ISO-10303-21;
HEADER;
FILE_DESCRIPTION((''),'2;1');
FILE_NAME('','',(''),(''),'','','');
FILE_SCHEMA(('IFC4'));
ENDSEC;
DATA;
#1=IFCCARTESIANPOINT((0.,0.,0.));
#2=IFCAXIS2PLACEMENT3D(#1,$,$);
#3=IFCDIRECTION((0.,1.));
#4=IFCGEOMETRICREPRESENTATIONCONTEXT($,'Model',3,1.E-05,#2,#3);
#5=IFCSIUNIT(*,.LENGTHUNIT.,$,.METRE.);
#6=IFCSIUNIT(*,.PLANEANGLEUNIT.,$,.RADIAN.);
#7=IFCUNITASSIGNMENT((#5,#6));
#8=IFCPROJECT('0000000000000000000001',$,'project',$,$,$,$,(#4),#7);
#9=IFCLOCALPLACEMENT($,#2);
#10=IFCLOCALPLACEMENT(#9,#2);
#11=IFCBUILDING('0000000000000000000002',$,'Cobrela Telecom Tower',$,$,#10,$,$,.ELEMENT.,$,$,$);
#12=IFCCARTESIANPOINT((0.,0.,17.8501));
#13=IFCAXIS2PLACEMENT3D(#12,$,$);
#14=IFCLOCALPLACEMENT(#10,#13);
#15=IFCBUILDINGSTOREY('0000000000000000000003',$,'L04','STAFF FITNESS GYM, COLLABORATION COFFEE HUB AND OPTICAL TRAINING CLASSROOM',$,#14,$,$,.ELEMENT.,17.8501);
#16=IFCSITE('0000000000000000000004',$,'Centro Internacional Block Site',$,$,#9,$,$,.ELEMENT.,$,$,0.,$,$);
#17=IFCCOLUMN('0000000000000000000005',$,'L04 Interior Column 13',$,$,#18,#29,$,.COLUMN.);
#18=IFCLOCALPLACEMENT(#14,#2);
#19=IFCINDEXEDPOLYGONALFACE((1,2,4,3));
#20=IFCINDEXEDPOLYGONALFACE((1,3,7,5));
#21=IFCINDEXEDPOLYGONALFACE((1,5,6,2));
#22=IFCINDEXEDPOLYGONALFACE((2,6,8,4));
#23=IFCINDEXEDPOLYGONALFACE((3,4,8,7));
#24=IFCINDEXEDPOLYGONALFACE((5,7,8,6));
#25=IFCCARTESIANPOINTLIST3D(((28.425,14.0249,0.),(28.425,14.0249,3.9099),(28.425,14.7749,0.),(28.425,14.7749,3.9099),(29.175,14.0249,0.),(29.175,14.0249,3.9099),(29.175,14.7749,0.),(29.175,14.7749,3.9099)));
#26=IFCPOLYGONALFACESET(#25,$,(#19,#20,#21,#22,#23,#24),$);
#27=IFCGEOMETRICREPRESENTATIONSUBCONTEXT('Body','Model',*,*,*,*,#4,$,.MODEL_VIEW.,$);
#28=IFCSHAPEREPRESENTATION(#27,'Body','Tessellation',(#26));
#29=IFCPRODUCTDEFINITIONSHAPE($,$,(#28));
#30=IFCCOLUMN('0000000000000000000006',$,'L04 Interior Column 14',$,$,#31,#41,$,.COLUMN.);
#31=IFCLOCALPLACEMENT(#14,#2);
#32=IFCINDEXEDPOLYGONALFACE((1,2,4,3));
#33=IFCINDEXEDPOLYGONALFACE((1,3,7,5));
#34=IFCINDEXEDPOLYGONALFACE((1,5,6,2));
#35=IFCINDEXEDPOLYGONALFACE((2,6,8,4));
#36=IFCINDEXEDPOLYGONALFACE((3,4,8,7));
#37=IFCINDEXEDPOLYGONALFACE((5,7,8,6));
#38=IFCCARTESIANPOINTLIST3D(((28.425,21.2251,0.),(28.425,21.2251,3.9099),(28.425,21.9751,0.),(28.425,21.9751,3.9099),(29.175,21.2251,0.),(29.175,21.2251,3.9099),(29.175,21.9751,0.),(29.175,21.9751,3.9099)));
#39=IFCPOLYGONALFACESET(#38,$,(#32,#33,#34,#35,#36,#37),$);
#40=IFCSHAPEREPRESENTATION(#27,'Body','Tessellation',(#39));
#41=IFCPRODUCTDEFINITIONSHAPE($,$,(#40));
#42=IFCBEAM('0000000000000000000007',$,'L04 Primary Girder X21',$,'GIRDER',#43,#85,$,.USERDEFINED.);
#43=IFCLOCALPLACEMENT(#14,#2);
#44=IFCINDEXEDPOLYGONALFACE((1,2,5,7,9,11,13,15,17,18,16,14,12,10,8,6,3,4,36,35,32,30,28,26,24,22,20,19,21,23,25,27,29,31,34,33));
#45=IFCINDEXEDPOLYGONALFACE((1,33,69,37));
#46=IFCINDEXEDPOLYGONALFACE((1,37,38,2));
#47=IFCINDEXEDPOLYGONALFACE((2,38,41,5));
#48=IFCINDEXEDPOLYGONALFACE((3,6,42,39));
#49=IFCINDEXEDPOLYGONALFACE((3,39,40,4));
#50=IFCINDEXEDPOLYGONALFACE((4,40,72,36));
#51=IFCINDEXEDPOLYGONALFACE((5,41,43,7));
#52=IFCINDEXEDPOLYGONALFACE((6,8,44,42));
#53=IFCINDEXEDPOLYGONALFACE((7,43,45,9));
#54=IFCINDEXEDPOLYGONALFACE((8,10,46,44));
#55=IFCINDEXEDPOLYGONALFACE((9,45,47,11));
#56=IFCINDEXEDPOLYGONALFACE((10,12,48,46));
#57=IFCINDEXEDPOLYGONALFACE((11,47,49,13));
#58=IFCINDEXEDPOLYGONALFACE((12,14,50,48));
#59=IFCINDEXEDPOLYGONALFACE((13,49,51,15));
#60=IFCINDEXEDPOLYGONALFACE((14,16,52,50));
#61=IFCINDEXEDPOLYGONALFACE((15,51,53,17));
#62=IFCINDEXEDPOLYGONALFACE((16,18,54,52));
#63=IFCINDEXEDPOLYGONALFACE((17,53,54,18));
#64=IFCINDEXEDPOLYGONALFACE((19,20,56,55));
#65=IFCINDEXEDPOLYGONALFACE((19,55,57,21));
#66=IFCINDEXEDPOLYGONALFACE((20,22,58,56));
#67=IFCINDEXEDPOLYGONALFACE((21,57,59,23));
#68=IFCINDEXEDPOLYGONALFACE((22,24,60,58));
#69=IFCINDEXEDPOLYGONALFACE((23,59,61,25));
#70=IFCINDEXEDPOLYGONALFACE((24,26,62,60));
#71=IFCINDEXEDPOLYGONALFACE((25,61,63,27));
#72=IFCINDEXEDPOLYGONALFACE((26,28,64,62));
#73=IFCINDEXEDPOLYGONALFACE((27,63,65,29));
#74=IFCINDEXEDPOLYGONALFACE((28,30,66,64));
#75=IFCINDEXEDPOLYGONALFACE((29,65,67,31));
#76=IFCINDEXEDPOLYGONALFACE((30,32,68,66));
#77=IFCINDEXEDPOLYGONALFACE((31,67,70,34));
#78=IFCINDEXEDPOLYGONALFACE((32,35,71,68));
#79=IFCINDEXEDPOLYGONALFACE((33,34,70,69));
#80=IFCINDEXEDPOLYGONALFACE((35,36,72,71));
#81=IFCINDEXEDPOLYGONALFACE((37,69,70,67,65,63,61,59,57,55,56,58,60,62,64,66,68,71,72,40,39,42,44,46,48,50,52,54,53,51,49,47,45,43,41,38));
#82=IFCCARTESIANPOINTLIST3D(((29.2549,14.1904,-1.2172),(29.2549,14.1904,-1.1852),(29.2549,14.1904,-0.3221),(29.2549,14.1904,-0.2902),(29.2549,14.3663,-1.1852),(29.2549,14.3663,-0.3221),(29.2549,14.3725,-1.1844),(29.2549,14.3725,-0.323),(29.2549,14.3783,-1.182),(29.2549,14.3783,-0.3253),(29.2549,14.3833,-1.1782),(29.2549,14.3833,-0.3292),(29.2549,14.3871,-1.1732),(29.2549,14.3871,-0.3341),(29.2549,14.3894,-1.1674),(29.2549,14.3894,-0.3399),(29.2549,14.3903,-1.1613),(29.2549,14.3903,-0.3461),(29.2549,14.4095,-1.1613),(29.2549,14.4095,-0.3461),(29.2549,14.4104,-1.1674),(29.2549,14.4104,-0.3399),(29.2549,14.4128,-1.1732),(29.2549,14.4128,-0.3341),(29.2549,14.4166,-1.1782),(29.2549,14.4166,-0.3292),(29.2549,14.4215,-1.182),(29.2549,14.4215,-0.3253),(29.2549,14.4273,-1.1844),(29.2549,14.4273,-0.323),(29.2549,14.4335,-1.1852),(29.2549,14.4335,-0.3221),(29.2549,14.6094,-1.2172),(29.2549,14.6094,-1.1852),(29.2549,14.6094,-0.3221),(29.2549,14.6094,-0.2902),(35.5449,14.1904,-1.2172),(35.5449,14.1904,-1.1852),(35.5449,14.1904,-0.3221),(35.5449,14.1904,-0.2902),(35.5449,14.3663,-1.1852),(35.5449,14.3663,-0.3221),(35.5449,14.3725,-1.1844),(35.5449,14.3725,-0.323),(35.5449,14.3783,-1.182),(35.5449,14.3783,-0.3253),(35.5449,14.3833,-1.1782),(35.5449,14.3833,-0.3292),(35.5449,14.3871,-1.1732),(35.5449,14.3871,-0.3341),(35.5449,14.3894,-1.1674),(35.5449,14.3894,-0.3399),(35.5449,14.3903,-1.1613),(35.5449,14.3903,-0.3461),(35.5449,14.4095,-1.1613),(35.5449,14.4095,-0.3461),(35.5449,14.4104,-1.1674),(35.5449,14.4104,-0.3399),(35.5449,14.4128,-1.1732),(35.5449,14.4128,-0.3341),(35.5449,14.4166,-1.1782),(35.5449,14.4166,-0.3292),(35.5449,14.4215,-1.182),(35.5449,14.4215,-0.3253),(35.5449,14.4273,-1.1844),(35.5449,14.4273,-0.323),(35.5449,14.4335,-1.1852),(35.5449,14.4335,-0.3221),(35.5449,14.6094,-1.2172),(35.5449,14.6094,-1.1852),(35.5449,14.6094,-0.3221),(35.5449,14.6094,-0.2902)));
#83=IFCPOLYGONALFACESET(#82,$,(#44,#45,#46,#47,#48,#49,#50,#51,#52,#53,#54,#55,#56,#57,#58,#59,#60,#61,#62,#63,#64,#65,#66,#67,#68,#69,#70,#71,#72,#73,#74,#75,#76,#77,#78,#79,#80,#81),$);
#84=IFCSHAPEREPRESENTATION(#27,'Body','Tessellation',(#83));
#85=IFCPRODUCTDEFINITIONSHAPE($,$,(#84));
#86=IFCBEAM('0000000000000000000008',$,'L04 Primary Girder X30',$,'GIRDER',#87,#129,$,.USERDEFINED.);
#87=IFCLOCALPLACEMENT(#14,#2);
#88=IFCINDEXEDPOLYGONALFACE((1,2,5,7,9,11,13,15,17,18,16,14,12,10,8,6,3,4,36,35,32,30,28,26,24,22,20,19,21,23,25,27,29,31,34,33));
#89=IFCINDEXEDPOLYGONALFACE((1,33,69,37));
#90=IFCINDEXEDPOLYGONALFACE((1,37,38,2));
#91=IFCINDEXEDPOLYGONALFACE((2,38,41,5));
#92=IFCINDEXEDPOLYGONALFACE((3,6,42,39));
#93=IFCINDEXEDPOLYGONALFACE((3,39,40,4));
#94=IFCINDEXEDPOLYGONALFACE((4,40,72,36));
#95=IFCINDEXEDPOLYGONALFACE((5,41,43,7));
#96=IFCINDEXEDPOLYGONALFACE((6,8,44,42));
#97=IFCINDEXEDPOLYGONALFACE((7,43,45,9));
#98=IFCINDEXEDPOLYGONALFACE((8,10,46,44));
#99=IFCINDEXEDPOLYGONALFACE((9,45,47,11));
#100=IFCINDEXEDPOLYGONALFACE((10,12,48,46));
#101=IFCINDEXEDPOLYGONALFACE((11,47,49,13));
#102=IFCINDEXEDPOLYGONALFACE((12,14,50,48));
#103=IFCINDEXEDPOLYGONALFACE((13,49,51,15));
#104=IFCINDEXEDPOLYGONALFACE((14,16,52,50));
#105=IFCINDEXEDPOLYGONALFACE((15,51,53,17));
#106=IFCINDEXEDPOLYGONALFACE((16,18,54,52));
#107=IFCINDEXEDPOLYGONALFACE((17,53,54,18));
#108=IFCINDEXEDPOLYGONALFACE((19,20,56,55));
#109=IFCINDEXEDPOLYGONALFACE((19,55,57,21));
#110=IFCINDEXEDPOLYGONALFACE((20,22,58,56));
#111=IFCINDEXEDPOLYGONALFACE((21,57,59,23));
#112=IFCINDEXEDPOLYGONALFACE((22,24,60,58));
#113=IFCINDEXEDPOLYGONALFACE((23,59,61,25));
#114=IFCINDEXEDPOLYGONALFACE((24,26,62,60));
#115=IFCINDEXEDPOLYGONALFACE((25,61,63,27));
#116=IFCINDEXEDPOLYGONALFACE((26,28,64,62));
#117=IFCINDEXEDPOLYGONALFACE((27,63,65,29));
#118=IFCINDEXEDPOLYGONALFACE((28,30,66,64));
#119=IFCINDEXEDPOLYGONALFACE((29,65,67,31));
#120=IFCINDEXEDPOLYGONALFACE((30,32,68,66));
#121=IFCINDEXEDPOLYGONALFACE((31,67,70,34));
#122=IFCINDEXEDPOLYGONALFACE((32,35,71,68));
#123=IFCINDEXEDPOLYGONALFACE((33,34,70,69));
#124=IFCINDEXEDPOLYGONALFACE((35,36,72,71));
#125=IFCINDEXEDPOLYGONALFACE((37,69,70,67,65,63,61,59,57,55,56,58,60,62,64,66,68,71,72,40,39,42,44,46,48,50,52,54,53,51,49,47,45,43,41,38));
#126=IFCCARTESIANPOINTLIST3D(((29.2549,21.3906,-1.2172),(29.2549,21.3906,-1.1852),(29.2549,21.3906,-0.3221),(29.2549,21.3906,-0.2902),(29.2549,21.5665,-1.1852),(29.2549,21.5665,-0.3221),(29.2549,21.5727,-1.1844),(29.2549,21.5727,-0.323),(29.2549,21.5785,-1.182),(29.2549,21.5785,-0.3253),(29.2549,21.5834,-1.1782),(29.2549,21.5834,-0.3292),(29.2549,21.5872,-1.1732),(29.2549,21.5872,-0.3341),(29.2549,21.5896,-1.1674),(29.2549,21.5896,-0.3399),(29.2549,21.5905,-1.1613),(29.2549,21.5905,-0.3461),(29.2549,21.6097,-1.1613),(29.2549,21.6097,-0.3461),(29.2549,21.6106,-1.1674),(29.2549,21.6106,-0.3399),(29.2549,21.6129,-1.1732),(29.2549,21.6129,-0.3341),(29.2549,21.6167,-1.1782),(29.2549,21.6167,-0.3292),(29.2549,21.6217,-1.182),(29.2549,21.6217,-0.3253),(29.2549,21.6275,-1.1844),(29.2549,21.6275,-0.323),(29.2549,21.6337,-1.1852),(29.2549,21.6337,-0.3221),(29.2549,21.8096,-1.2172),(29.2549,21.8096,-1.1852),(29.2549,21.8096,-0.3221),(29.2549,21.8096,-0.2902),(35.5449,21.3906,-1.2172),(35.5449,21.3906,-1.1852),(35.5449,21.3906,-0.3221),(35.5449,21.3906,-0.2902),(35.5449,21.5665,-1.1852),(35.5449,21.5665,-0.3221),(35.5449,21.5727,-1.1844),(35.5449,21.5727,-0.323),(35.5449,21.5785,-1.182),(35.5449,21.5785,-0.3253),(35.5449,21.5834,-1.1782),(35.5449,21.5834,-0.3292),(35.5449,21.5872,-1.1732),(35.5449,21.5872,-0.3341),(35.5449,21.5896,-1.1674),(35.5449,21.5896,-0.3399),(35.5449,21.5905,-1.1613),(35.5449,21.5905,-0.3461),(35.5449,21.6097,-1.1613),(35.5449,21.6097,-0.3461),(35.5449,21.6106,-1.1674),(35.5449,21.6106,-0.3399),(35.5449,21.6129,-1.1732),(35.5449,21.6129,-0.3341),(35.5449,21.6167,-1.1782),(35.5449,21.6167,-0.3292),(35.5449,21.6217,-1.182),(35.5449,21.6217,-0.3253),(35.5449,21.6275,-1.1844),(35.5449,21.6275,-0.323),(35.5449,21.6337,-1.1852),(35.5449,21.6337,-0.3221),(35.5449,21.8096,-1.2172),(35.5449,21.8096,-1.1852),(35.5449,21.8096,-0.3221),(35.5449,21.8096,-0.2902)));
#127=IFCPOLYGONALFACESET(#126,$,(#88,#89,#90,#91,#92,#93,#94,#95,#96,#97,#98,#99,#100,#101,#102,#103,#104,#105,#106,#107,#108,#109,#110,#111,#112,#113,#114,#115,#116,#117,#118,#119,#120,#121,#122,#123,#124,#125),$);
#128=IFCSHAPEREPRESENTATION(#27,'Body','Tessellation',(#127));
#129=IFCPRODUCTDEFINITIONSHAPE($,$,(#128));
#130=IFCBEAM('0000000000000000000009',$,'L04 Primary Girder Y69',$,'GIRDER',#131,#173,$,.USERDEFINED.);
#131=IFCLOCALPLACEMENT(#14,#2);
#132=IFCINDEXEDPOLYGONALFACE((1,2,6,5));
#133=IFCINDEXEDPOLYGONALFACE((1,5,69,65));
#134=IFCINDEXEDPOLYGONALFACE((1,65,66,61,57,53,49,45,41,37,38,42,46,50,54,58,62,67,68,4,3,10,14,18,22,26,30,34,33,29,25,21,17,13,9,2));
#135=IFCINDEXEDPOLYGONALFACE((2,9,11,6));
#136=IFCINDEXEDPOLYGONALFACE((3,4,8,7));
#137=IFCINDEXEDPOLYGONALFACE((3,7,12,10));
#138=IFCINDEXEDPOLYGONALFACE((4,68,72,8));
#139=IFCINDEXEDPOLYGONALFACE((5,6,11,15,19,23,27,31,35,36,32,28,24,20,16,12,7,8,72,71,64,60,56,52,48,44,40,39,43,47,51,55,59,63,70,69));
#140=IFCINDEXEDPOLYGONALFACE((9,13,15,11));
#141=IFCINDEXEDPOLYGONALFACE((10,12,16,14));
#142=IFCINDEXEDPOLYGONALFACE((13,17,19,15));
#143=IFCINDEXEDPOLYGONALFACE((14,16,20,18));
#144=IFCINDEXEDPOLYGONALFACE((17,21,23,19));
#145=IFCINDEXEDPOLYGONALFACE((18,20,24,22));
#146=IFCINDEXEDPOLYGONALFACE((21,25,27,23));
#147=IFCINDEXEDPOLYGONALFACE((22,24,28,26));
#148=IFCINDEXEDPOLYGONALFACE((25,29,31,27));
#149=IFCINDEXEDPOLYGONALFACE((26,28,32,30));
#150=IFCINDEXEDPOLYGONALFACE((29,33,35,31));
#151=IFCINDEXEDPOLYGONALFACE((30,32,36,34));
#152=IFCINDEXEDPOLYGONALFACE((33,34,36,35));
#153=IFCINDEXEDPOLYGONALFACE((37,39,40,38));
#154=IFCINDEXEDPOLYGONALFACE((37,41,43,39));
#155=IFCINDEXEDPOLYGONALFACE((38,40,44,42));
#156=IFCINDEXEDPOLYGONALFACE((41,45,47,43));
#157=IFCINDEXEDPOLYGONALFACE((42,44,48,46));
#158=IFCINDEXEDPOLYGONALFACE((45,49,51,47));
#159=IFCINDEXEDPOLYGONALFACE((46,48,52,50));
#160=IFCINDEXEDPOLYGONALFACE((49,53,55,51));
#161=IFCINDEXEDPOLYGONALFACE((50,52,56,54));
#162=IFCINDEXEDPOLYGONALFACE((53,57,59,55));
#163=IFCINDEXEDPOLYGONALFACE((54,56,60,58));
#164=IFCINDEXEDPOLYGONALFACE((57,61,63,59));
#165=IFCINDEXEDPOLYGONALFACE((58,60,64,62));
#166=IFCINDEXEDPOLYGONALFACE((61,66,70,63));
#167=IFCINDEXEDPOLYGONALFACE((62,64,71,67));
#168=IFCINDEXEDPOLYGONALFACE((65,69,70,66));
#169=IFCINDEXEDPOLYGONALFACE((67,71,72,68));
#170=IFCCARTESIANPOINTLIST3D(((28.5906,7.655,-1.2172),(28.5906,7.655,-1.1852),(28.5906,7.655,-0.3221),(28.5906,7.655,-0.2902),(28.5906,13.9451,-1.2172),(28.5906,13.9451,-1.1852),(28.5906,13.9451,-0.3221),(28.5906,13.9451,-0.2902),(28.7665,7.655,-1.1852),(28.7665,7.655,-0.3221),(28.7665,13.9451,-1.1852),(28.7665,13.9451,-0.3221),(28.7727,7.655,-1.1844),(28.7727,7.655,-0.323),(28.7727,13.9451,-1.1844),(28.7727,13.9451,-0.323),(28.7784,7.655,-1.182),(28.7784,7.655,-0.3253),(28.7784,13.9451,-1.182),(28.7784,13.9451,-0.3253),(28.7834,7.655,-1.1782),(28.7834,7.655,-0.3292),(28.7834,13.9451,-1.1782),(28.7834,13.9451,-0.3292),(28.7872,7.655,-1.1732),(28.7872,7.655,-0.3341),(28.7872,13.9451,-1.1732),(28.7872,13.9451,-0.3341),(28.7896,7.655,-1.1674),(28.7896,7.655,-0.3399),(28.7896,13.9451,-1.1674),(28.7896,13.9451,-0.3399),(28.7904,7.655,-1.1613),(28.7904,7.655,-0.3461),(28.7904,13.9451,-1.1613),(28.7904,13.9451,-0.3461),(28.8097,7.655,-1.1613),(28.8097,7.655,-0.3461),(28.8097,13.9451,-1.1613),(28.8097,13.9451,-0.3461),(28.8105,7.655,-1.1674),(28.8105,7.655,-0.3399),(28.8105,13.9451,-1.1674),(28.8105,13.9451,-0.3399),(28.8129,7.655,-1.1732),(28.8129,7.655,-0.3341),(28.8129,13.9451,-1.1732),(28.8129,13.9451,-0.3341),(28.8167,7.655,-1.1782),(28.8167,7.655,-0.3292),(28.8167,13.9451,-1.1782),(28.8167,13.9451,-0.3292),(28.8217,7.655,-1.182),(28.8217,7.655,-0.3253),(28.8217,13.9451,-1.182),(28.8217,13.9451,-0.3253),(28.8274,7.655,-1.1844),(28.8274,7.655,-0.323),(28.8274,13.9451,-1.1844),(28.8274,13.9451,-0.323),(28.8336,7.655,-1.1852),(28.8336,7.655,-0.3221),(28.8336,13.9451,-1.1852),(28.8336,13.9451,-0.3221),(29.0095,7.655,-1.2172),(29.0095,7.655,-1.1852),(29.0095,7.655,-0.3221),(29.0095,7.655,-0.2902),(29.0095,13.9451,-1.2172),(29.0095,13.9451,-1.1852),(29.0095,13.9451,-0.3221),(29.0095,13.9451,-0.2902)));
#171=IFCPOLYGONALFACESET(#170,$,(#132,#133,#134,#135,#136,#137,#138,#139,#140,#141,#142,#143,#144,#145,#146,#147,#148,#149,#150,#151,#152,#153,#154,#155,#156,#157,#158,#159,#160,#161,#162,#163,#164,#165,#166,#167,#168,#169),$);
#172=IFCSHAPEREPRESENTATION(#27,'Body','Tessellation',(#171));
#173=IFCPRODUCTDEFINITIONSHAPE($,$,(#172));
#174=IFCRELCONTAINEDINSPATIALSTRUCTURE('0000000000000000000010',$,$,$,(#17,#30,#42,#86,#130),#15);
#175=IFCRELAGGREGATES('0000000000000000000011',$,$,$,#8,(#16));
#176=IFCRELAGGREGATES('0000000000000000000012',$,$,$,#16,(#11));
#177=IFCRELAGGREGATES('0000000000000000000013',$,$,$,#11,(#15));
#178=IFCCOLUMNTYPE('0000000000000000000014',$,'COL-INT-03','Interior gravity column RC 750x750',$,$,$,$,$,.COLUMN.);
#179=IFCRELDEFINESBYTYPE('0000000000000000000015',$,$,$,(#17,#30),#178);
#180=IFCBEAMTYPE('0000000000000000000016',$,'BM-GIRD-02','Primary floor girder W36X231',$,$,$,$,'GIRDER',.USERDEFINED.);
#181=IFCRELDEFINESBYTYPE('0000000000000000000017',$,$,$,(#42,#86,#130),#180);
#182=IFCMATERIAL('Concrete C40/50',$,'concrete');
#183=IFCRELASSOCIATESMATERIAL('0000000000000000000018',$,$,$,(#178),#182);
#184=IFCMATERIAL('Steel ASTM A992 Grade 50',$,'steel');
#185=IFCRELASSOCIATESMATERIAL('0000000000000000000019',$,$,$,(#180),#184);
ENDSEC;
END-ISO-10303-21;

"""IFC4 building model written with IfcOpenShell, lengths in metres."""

from ifc_helpers import new_model, si_unit, direction, frame, origin, origin_2d, place, context, subcontext, project, spatial, rectangle, i_section, extrude, material, material_profile, profile_set, type_object, element, save


model = new_model("IFC4")

# Units and contexts
model_context = context("Model", 3, precision=1e-05, world=origin(), true_north=direction((0.0, 1.0)))
body_context = subcontext(model_context, "Body", "Model", "MODEL_VIEW")
ifc_project = project(units=[si_unit("LENGTHUNIT", "METRE"), si_unit("PLANEANGLEUNIT", "RADIAN")], contexts=[model_context])

# Site, building, storey
site_placement = place(None, origin())
site = spatial("IfcSite", under=ifc_project, at=site_placement, Name="Centro Internacional Block Site", CompositionType="ELEMENT", RefElevation=0.0)
building_placement = place(site_placement, origin())
building = spatial("IfcBuilding", under=site, at=building_placement, Name="Cobrela Telecom Tower", CompositionType="ELEMENT")
storey_placement = place(building_placement, frame((0.0, 0.0, 17.8501)))
storey = spatial("IfcBuildingStorey", under=building, at=storey_placement, Name="L04", Description="STAFF FITNESS GYM, COLLABORATION COFFEE HUB AND OPTICAL TRAINING CLASSROOM", CompositionType="ELEMENT", Elevation=17.8501)

# Columns
ifc_material_1 = material(Name="Concrete C40/50", Category="concrete")
ifc_material_profile_1 = material_profile(ifc_material_1, rectangle(XDim=0.75, YDim=0.75, at=origin_2d()), Name="RC 750x750")
ifc_profile_set_1 = profile_set([ifc_material_profile_1], Name="Concrete C40/50")
column_type = type_object("IfcColumnType", Name="COL-INT-03", Description="Interior gravity column RC 750x750", PredefinedType="COLUMN", material=ifc_profile_set_1)
for number, where, z_axis, x_axis, name in (
    (1, (28.8, 14.3999, 0.0), (0.0, 0.0, 1.0), (1.0, 0.0, 0.0), "L04 Interior Column 13"),
    (2, (28.8, 21.6001, 0.0), (0.0, 0.0, 1.0), (1.0, 0.0, 0.0), "L04 Interior Column 14"),
):
    element("IfcColumn", number, at=place(storey_placement, frame(where, z_axis=z_axis, x_axis=x_axis)), inside=storey, type_object=column_type, Name=name, PredefinedType="COLUMN", context=body_context, shape_type="SweptSolid", body=[
        extrude(rectangle(XDim=0.75, YDim=0.75, at=origin_2d()), origin(), (0.0, 0.0, 1.0), 3.9099),
    ])

# Beams
ifc_material_2 = material(Name="Steel ASTM A992 Grade 50", Category="steel")
ifc_material_profile_2 = material_profile(ifc_material_2, i_section(OverallWidth=0.4189, OverallDepth=0.927, WebThickness=0.0193, FlangeThickness=0.032, FilletRadius=0.0239, at=origin_2d()), Name="W36X231")
ifc_profile_set_2 = profile_set([ifc_material_profile_2], Name="Steel ASTM A992 Grade 50")
beam_type_1 = type_object("IfcBeamType", Name="BM-GIRD-02", Description="Primary floor girder W36X231", ElementType="GIRDER", PredefinedType="USERDEFINED", material=ifc_profile_set_2)
for number, where, z_axis, x_axis, name in (
    (3, (29.2549, 14.3999, -0.7537), (1.0, 0.0, 0.0), (0.0, 1.0, 0.0), "L04 Primary Girder X21"),
    (4, (29.2549, 21.6001, -0.7537), (1.0, 0.0, 0.0), (0.0, 1.0, 0.0), "L04 Primary Girder X30"),
    (5, (28.8, 7.655, -0.7537), (0.0, 1.0, 0.0), (-1.0, 0.0, 0.0), "L04 Primary Girder Y69"),
):
    element("IfcBeam", number, at=place(storey_placement, frame(where, z_axis=z_axis, x_axis=x_axis)), inside=storey, type_object=beam_type_1, Name=name, ObjectType="GIRDER", PredefinedType="USERDEFINED", context=body_context, shape_type="SweptSolid", body=[
        extrude(i_section(OverallWidth=0.4189, OverallDepth=0.927, WebThickness=0.0193, FlangeThickness=0.032, FilletRadius=0.0239, at=origin_2d()), origin(), (0.0, 0.0, 1.0), 6.29),
    ])

save(model, "model.ifc")
